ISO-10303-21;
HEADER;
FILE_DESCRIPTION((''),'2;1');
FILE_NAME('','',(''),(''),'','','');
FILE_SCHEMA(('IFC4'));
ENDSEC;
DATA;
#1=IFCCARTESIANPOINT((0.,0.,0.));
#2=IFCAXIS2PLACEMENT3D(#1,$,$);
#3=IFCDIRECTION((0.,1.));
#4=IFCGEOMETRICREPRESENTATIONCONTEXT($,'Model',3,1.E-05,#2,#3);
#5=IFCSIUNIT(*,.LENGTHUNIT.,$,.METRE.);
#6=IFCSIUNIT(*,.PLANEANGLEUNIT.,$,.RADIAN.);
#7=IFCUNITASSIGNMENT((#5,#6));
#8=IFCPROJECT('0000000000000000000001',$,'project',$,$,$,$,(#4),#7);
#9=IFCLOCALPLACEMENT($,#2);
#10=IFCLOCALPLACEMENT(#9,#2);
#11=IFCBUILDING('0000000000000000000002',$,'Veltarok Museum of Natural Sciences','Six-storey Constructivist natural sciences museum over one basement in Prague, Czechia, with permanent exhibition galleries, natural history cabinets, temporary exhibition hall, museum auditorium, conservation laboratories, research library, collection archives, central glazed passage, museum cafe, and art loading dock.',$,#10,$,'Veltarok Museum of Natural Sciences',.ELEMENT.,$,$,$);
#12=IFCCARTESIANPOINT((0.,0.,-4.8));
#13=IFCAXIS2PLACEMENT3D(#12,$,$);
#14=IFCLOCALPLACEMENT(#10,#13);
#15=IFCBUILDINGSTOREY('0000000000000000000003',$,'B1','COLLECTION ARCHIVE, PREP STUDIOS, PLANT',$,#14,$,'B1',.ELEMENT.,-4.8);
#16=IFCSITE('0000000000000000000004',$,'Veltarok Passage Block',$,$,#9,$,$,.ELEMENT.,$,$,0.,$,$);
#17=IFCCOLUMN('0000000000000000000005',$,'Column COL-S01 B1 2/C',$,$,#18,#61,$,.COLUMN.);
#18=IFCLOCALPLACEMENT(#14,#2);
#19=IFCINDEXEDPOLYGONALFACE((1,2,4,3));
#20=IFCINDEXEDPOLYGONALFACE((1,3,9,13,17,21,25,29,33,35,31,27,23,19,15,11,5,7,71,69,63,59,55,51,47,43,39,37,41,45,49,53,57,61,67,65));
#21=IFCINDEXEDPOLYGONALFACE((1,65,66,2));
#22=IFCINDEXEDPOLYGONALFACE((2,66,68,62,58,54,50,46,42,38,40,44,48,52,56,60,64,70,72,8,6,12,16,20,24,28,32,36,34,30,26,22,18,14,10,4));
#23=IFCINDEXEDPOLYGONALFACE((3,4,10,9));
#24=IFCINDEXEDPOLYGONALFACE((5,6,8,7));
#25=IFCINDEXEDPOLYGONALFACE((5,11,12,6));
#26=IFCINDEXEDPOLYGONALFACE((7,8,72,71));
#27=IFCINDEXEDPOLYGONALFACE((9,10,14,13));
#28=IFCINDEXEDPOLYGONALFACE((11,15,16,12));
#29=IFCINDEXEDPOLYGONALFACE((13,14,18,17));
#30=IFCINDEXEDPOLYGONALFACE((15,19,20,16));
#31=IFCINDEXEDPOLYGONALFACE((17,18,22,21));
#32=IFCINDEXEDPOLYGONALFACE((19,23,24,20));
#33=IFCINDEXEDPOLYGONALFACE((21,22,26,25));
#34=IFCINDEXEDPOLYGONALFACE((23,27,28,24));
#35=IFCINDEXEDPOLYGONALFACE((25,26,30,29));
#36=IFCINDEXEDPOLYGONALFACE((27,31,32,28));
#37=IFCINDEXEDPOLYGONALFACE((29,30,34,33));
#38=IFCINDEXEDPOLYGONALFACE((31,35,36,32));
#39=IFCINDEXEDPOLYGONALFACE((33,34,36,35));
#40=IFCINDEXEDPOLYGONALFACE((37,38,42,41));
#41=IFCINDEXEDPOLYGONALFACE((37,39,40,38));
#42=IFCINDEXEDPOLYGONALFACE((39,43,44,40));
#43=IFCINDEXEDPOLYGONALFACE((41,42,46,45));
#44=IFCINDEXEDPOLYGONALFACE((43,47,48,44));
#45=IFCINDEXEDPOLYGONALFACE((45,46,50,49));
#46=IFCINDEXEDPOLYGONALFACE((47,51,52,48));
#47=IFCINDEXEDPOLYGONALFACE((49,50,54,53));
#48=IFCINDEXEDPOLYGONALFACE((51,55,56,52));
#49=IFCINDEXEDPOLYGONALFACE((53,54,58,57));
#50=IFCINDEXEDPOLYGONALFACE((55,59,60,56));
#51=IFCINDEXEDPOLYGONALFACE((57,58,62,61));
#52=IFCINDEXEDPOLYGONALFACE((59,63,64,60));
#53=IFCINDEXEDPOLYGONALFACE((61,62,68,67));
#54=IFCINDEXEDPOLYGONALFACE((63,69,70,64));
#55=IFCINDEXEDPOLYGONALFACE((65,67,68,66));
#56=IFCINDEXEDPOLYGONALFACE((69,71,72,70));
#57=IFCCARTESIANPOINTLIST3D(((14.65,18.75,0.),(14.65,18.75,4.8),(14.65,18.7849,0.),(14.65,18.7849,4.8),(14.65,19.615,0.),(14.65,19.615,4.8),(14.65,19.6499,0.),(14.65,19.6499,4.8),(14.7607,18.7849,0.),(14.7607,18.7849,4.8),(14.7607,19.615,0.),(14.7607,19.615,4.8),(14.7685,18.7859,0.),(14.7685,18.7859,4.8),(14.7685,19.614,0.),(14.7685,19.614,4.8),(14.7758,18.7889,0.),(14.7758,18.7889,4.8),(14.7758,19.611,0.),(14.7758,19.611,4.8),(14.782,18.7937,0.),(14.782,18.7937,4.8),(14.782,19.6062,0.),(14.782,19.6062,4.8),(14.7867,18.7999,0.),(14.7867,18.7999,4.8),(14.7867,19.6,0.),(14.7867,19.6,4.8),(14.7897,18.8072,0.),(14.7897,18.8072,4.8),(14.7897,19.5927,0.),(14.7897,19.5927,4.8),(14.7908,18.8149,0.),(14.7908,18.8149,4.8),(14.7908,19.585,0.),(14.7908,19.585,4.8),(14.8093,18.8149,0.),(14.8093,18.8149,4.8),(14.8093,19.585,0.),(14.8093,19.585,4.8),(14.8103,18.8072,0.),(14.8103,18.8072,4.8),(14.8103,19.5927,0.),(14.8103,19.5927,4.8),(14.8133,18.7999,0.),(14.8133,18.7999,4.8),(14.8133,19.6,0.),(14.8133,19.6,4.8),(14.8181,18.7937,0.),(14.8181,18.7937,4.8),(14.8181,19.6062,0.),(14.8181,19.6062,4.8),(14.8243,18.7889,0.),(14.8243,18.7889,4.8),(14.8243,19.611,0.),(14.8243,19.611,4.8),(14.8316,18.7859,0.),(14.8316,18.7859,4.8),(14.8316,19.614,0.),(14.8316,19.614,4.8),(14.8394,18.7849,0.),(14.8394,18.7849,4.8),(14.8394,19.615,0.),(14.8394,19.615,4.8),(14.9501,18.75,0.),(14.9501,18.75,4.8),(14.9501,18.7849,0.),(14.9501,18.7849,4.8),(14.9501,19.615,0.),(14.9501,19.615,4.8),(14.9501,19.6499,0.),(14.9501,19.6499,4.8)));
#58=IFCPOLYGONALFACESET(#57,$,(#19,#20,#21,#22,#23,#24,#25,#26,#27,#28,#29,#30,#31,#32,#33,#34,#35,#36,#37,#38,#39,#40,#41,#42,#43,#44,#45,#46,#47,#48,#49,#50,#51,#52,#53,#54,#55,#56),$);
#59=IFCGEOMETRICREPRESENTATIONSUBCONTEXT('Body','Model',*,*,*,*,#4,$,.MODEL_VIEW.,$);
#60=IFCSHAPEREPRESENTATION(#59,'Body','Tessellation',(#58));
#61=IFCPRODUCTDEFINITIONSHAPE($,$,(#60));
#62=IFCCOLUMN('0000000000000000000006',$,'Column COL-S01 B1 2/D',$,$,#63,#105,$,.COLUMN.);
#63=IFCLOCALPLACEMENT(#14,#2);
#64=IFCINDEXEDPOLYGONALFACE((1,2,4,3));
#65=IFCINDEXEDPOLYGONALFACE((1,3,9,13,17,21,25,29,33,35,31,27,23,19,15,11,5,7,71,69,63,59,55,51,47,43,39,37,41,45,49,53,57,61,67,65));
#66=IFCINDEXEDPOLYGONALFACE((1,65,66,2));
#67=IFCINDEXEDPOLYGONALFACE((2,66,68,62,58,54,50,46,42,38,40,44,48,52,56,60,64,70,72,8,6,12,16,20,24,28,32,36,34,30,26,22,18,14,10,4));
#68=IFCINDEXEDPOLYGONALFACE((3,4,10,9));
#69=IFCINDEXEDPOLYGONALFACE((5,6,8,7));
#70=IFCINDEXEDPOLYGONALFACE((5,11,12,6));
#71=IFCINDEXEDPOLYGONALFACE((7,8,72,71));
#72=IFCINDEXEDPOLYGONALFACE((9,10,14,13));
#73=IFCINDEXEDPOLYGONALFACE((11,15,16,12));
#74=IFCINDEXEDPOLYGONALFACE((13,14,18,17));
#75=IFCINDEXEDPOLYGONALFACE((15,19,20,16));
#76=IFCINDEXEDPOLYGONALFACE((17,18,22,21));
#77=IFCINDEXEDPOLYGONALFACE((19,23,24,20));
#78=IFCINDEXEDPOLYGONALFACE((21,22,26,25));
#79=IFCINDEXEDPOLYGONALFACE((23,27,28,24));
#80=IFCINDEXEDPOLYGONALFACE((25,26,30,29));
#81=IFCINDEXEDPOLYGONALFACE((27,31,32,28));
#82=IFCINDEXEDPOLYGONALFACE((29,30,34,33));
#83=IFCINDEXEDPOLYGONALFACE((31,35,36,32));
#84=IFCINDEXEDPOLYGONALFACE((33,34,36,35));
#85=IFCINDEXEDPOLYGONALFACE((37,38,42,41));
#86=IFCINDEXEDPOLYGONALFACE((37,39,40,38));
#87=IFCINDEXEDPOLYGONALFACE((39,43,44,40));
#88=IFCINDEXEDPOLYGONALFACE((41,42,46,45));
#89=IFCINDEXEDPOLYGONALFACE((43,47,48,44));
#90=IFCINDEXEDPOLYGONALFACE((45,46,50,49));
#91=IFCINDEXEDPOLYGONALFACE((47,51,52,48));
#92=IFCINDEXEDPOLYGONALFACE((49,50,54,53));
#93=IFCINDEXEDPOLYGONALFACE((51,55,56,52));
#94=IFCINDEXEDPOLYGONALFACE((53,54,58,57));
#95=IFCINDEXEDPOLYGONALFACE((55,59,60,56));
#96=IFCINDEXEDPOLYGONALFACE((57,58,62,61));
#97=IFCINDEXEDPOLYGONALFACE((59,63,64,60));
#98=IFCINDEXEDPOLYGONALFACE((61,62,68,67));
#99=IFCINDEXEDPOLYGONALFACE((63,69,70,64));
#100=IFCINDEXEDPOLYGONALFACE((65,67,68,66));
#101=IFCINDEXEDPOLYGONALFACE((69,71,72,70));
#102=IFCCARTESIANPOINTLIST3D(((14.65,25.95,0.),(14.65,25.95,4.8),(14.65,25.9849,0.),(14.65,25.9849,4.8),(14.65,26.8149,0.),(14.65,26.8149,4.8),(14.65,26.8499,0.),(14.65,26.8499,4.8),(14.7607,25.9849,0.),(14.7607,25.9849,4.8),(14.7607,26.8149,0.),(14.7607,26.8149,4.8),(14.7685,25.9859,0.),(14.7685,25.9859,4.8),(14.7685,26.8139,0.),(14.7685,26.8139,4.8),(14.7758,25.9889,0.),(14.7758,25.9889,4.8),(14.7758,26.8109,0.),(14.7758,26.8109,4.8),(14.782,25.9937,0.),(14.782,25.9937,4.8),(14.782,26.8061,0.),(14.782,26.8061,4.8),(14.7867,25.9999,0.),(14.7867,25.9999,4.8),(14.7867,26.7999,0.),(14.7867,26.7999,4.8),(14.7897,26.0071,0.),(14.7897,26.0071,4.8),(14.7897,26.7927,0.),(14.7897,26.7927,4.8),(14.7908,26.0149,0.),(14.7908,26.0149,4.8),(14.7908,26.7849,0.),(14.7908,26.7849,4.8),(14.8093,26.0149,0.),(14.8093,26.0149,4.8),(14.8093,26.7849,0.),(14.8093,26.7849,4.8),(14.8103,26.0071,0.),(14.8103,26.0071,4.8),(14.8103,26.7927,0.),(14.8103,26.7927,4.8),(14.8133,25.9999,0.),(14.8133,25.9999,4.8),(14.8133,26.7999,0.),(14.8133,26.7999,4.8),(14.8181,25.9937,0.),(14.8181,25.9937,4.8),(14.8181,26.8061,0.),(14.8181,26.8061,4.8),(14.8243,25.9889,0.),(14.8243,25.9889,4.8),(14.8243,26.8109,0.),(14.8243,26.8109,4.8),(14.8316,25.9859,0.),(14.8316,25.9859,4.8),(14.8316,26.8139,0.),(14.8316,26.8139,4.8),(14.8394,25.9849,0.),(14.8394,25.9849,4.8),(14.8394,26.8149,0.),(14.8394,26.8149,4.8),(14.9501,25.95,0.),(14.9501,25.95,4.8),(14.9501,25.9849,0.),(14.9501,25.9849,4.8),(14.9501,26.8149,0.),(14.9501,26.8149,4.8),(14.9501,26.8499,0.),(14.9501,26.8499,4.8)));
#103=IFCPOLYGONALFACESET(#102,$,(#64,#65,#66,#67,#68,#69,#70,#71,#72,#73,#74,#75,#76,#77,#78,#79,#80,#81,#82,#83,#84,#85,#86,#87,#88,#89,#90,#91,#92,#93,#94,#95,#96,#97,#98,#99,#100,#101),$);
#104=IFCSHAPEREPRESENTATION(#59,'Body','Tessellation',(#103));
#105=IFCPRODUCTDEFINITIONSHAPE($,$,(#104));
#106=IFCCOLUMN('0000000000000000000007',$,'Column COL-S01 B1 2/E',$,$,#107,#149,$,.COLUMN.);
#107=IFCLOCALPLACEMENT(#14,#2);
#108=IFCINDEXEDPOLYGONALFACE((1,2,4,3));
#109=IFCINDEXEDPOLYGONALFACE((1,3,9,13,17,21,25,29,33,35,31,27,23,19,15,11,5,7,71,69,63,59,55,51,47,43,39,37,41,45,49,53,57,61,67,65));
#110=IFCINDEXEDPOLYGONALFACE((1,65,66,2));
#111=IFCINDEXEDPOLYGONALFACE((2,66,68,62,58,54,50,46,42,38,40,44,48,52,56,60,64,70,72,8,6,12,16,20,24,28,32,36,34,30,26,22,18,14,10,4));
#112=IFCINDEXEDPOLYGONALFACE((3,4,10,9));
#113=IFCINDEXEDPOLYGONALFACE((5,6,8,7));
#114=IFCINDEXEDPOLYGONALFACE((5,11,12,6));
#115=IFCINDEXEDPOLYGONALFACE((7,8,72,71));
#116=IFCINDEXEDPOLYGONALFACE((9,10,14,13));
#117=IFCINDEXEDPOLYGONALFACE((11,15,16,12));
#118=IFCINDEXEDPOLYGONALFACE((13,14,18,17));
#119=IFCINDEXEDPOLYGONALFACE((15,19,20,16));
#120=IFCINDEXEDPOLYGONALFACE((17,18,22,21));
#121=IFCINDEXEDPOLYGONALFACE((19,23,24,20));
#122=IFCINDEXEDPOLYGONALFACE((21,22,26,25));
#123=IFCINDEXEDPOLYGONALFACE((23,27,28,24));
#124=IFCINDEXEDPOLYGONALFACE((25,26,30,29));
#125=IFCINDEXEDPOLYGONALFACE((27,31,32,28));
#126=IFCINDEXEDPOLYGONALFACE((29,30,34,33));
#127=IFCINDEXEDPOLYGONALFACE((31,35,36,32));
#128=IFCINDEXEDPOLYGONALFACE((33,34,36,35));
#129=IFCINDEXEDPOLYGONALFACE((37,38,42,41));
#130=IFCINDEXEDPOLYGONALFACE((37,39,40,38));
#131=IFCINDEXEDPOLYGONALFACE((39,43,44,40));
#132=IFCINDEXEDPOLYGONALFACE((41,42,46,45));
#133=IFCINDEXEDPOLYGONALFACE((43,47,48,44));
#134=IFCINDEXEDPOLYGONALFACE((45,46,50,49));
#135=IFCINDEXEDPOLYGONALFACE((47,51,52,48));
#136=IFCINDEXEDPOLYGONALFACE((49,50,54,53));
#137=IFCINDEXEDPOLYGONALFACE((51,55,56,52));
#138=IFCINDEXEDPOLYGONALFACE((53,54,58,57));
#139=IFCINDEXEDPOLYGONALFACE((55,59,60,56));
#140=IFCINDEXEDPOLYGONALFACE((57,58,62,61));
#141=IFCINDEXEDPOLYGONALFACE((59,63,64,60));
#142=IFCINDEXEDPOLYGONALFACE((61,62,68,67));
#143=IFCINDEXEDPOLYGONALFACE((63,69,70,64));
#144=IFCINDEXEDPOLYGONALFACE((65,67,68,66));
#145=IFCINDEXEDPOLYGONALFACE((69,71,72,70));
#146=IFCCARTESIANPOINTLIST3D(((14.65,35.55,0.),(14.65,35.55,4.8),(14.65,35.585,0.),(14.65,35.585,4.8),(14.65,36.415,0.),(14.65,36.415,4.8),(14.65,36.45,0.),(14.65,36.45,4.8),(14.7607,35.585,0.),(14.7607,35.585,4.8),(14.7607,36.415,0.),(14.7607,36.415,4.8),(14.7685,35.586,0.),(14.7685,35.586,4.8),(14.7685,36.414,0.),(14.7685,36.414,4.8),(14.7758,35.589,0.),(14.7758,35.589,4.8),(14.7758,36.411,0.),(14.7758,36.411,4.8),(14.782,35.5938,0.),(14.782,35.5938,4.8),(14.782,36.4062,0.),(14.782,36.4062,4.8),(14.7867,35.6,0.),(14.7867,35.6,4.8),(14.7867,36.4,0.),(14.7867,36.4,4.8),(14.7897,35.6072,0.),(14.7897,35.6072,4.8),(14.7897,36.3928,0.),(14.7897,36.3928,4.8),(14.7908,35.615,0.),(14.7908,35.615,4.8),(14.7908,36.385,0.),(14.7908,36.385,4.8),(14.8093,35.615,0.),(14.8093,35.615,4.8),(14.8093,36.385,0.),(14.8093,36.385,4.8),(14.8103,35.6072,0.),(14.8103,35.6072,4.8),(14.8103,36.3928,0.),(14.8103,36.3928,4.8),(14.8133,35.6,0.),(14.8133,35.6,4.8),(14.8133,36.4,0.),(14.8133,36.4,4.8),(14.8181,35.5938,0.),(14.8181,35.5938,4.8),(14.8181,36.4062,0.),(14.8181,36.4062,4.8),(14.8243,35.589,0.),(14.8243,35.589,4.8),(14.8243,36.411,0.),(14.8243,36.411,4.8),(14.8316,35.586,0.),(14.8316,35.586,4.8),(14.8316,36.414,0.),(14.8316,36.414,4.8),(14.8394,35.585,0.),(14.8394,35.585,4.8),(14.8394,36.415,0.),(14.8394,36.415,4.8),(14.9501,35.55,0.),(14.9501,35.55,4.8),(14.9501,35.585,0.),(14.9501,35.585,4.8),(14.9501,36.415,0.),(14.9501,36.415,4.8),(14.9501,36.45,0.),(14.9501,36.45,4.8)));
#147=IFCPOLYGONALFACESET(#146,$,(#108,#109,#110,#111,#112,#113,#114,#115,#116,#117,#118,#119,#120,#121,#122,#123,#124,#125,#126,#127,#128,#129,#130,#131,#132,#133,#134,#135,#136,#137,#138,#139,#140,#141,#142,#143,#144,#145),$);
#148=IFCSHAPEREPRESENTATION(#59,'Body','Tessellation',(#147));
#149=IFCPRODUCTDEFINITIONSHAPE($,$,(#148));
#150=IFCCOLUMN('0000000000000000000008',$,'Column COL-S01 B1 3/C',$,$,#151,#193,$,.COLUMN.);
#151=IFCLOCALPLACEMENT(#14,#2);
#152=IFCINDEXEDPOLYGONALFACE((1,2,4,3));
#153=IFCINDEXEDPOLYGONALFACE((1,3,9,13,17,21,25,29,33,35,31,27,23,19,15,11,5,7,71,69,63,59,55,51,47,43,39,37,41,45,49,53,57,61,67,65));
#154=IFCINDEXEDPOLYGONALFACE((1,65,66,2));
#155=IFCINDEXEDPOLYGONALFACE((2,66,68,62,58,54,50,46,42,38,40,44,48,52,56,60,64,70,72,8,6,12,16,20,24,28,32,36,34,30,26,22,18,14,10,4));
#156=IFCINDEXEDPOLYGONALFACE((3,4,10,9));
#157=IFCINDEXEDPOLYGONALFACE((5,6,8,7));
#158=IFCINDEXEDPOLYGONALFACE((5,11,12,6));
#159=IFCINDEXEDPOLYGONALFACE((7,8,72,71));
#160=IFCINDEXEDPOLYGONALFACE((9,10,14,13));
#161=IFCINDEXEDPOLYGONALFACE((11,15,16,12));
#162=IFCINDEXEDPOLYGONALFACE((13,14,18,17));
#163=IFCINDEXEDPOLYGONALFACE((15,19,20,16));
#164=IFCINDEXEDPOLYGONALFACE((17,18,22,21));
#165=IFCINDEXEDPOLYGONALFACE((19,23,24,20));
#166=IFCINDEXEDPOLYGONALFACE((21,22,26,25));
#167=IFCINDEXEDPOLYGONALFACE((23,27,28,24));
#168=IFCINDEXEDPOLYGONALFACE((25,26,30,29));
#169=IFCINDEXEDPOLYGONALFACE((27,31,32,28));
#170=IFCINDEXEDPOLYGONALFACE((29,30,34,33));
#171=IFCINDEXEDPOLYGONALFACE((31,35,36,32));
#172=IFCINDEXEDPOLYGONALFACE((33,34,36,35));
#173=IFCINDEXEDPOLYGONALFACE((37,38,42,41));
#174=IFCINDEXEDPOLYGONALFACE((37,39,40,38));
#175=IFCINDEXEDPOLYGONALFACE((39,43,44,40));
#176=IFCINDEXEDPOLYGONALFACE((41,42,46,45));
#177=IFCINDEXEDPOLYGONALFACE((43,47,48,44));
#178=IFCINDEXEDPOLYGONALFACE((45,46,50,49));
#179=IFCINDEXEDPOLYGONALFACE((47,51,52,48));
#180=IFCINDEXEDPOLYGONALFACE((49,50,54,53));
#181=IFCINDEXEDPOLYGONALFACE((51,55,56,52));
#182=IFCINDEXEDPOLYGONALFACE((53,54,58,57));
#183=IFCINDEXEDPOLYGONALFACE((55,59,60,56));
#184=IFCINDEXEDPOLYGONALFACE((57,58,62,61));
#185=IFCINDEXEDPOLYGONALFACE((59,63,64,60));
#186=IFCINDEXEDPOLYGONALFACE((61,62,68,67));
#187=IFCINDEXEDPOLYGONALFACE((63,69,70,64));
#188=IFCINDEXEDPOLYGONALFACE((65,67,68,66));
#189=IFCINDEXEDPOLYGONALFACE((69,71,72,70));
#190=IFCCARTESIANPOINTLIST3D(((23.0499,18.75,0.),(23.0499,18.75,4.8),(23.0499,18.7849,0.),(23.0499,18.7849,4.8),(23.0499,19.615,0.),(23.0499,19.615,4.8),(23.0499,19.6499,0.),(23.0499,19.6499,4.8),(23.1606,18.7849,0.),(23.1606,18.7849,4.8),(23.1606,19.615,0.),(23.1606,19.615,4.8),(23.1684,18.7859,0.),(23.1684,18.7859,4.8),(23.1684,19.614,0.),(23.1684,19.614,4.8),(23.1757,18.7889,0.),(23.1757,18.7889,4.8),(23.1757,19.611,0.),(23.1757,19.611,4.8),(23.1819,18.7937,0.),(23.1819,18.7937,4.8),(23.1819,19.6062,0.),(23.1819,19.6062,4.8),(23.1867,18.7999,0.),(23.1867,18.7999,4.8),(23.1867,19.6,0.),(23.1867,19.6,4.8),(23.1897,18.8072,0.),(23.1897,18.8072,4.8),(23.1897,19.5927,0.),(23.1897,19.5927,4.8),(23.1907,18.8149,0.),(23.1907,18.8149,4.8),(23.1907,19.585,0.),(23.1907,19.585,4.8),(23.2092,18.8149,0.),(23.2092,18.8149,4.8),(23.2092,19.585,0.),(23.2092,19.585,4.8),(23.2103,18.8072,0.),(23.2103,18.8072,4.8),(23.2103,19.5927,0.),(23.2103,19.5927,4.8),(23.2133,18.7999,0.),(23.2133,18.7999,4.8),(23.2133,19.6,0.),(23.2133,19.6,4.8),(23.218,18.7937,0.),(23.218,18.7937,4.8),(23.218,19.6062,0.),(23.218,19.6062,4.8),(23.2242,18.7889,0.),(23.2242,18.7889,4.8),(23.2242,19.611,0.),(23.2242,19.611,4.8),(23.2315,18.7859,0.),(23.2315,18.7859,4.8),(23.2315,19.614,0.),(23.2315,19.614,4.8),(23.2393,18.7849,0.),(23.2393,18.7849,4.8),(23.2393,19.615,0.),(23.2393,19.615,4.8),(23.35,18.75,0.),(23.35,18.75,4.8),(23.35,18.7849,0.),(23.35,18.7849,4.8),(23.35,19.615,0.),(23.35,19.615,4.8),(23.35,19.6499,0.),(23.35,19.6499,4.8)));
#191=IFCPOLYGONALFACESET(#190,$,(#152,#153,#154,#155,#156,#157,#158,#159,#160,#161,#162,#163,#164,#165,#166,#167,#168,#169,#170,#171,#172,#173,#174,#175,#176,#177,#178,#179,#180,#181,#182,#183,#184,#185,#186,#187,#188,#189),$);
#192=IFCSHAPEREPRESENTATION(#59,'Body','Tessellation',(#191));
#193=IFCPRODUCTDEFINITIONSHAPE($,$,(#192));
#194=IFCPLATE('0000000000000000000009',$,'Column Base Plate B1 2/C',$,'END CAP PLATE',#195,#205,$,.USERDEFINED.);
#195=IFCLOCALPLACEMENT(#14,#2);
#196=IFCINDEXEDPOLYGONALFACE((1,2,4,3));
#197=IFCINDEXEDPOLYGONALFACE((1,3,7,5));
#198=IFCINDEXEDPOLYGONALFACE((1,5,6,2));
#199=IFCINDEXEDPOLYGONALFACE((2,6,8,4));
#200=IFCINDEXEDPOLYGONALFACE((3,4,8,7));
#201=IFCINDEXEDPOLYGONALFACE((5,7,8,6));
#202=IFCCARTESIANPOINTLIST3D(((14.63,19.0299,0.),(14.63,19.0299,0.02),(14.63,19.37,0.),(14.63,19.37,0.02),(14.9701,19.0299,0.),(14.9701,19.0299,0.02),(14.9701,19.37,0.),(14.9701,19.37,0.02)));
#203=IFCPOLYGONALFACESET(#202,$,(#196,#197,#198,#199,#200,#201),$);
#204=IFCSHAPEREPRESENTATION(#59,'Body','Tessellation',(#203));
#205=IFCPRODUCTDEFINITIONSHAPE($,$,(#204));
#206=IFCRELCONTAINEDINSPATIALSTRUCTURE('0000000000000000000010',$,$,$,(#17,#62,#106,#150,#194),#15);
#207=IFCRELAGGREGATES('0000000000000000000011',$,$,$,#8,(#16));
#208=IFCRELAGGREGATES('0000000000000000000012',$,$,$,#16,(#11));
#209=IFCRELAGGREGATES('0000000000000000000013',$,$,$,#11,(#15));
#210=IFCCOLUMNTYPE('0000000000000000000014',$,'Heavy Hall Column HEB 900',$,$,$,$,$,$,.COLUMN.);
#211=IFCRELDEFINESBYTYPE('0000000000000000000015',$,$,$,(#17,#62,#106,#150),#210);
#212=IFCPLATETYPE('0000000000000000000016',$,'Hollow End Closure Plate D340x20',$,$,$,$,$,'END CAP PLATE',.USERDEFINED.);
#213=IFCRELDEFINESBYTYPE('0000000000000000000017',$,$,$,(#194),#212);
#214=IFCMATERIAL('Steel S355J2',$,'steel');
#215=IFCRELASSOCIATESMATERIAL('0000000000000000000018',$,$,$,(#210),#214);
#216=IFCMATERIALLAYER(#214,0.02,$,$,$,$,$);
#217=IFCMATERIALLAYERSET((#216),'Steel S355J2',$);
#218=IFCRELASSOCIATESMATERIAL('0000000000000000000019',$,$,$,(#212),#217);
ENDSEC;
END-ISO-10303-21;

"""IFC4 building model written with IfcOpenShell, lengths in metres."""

from ifc_helpers import new_model, si_unit, direction, frame, origin, origin_2d, place, context, subcontext, project, spatial, rectangle, i_section, extrude, material, layer, layer_set, material_profile, profile_set, type_object, element, save


model = new_model("IFC4")

# Units and contexts
model_context = context("Model", 3, precision=1e-05, world=origin(), true_north=direction((0.0, 1.0)))
body_context = subcontext(model_context, "Body", "Model", "MODEL_VIEW")
ifc_project = project(units=[si_unit("LENGTHUNIT", "METRE"), si_unit("PLANEANGLEUNIT", "RADIAN")], contexts=[model_context])

# Site, building, storey
site_placement = place(None, origin())
site = spatial("IfcSite", under=ifc_project, at=site_placement, Name="Veltarok Passage Block", CompositionType="ELEMENT", RefElevation=0.0)
building_placement = place(site_placement, origin())
building = spatial("IfcBuilding", under=site, at=building_placement, Name="Veltarok Museum of Natural Sciences", Description="Six-storey Constructivist natural sciences museum over one basement in Prague, Czechia, with permanent exhibition galleries, natural history cabinets, temporary exhibition hall, museum auditorium, conservation laboratories, research library, collection archives, central glazed passage, museum cafe, and art loading dock.", LongName="Veltarok Museum of Natural Sciences", CompositionType="ELEMENT")
storey_placement = place(building_placement, frame((0.0, 0.0, -4.8)))
storey = spatial("IfcBuildingStorey", under=building, at=storey_placement, Name="B1", Description="COLLECTION ARCHIVE, PREP STUDIOS, PLANT", LongName="B1", CompositionType="ELEMENT", Elevation=-4.8)

# Columns
ifc_material_1 = material(Name="Steel S355J2", Category="steel")
ifc_material_profile_1 = material_profile(ifc_material_1, i_section(OverallWidth=0.3, OverallDepth=0.8999, WebThickness=0.0186, FlangeThickness=0.0349, FilletRadius=0.03, at=origin_2d()), Name="HEB 900")
ifc_profile_set_1 = profile_set([ifc_material_profile_1], Name="Steel S355J2")
column_type = type_object("IfcColumnType", Name="Heavy Hall Column HEB 900", PredefinedType="COLUMN", material=ifc_profile_set_1)
for number, where, z_axis, x_axis, name in (
    (1, (14.8, 19.2, 0.0), (0.0, 0.0, 1.0), (1.0, 0.0, 0.0), "Column COL-S01 B1 2/C"),
    (2, (14.8, 26.3999, 0.0), (0.0, 0.0, 1.0), (1.0, 0.0, 0.0), "Column COL-S01 B1 2/D"),
    (3, (14.8, 36.0, 0.0), (0.0, 0.0, 1.0), (1.0, 0.0, 0.0), "Column COL-S01 B1 2/E"),
    (4, (23.2, 19.2, 0.0), (0.0, 0.0, 1.0), (1.0, 0.0, 0.0), "Column COL-S01 B1 3/C"),
):
    element("IfcColumn", number, at=place(storey_placement, frame(where, z_axis=z_axis, x_axis=x_axis)), inside=storey, type_object=column_type, Name=name, PredefinedType="COLUMN", context=body_context, shape_type="SweptSolid", body=[
        extrude(i_section(OverallWidth=0.3, OverallDepth=0.8999, WebThickness=0.0186, FlangeThickness=0.0349, FilletRadius=0.03, at=origin_2d()), origin(), (0.0, 0.0, 1.0), 4.8),
    ])

# Plate
ifc_layer = layer(ifc_material_1, 0.02)
ifc_layer_set = layer_set([ifc_layer], Name="Steel S355J2")
plate_type = type_object("IfcPlateType", Name="Hollow End Closure Plate D340x20", ElementType="END CAP PLATE", PredefinedType="USERDEFINED", material=ifc_layer_set)
for number, where, z_axis, x_axis, name in (
    (5, (14.8, 19.2, 0.0), (0.0, 0.0, 1.0), (1.0, 0.0, 0.0), "Column Base Plate B1 2/C"),
):
    element("IfcPlate", number, at=place(storey_placement, frame(where, z_axis=z_axis, x_axis=x_axis)), inside=storey, type_object=plate_type, Name=name, ObjectType="END CAP PLATE", PredefinedType="USERDEFINED", context=body_context, shape_type="SweptSolid", body=[
        extrude(rectangle(XDim=0.3401, YDim=0.3401, at=origin_2d()), origin(), (0.0, 0.0, 1.0), 0.02),
    ])

save(model, "model.ifc")
